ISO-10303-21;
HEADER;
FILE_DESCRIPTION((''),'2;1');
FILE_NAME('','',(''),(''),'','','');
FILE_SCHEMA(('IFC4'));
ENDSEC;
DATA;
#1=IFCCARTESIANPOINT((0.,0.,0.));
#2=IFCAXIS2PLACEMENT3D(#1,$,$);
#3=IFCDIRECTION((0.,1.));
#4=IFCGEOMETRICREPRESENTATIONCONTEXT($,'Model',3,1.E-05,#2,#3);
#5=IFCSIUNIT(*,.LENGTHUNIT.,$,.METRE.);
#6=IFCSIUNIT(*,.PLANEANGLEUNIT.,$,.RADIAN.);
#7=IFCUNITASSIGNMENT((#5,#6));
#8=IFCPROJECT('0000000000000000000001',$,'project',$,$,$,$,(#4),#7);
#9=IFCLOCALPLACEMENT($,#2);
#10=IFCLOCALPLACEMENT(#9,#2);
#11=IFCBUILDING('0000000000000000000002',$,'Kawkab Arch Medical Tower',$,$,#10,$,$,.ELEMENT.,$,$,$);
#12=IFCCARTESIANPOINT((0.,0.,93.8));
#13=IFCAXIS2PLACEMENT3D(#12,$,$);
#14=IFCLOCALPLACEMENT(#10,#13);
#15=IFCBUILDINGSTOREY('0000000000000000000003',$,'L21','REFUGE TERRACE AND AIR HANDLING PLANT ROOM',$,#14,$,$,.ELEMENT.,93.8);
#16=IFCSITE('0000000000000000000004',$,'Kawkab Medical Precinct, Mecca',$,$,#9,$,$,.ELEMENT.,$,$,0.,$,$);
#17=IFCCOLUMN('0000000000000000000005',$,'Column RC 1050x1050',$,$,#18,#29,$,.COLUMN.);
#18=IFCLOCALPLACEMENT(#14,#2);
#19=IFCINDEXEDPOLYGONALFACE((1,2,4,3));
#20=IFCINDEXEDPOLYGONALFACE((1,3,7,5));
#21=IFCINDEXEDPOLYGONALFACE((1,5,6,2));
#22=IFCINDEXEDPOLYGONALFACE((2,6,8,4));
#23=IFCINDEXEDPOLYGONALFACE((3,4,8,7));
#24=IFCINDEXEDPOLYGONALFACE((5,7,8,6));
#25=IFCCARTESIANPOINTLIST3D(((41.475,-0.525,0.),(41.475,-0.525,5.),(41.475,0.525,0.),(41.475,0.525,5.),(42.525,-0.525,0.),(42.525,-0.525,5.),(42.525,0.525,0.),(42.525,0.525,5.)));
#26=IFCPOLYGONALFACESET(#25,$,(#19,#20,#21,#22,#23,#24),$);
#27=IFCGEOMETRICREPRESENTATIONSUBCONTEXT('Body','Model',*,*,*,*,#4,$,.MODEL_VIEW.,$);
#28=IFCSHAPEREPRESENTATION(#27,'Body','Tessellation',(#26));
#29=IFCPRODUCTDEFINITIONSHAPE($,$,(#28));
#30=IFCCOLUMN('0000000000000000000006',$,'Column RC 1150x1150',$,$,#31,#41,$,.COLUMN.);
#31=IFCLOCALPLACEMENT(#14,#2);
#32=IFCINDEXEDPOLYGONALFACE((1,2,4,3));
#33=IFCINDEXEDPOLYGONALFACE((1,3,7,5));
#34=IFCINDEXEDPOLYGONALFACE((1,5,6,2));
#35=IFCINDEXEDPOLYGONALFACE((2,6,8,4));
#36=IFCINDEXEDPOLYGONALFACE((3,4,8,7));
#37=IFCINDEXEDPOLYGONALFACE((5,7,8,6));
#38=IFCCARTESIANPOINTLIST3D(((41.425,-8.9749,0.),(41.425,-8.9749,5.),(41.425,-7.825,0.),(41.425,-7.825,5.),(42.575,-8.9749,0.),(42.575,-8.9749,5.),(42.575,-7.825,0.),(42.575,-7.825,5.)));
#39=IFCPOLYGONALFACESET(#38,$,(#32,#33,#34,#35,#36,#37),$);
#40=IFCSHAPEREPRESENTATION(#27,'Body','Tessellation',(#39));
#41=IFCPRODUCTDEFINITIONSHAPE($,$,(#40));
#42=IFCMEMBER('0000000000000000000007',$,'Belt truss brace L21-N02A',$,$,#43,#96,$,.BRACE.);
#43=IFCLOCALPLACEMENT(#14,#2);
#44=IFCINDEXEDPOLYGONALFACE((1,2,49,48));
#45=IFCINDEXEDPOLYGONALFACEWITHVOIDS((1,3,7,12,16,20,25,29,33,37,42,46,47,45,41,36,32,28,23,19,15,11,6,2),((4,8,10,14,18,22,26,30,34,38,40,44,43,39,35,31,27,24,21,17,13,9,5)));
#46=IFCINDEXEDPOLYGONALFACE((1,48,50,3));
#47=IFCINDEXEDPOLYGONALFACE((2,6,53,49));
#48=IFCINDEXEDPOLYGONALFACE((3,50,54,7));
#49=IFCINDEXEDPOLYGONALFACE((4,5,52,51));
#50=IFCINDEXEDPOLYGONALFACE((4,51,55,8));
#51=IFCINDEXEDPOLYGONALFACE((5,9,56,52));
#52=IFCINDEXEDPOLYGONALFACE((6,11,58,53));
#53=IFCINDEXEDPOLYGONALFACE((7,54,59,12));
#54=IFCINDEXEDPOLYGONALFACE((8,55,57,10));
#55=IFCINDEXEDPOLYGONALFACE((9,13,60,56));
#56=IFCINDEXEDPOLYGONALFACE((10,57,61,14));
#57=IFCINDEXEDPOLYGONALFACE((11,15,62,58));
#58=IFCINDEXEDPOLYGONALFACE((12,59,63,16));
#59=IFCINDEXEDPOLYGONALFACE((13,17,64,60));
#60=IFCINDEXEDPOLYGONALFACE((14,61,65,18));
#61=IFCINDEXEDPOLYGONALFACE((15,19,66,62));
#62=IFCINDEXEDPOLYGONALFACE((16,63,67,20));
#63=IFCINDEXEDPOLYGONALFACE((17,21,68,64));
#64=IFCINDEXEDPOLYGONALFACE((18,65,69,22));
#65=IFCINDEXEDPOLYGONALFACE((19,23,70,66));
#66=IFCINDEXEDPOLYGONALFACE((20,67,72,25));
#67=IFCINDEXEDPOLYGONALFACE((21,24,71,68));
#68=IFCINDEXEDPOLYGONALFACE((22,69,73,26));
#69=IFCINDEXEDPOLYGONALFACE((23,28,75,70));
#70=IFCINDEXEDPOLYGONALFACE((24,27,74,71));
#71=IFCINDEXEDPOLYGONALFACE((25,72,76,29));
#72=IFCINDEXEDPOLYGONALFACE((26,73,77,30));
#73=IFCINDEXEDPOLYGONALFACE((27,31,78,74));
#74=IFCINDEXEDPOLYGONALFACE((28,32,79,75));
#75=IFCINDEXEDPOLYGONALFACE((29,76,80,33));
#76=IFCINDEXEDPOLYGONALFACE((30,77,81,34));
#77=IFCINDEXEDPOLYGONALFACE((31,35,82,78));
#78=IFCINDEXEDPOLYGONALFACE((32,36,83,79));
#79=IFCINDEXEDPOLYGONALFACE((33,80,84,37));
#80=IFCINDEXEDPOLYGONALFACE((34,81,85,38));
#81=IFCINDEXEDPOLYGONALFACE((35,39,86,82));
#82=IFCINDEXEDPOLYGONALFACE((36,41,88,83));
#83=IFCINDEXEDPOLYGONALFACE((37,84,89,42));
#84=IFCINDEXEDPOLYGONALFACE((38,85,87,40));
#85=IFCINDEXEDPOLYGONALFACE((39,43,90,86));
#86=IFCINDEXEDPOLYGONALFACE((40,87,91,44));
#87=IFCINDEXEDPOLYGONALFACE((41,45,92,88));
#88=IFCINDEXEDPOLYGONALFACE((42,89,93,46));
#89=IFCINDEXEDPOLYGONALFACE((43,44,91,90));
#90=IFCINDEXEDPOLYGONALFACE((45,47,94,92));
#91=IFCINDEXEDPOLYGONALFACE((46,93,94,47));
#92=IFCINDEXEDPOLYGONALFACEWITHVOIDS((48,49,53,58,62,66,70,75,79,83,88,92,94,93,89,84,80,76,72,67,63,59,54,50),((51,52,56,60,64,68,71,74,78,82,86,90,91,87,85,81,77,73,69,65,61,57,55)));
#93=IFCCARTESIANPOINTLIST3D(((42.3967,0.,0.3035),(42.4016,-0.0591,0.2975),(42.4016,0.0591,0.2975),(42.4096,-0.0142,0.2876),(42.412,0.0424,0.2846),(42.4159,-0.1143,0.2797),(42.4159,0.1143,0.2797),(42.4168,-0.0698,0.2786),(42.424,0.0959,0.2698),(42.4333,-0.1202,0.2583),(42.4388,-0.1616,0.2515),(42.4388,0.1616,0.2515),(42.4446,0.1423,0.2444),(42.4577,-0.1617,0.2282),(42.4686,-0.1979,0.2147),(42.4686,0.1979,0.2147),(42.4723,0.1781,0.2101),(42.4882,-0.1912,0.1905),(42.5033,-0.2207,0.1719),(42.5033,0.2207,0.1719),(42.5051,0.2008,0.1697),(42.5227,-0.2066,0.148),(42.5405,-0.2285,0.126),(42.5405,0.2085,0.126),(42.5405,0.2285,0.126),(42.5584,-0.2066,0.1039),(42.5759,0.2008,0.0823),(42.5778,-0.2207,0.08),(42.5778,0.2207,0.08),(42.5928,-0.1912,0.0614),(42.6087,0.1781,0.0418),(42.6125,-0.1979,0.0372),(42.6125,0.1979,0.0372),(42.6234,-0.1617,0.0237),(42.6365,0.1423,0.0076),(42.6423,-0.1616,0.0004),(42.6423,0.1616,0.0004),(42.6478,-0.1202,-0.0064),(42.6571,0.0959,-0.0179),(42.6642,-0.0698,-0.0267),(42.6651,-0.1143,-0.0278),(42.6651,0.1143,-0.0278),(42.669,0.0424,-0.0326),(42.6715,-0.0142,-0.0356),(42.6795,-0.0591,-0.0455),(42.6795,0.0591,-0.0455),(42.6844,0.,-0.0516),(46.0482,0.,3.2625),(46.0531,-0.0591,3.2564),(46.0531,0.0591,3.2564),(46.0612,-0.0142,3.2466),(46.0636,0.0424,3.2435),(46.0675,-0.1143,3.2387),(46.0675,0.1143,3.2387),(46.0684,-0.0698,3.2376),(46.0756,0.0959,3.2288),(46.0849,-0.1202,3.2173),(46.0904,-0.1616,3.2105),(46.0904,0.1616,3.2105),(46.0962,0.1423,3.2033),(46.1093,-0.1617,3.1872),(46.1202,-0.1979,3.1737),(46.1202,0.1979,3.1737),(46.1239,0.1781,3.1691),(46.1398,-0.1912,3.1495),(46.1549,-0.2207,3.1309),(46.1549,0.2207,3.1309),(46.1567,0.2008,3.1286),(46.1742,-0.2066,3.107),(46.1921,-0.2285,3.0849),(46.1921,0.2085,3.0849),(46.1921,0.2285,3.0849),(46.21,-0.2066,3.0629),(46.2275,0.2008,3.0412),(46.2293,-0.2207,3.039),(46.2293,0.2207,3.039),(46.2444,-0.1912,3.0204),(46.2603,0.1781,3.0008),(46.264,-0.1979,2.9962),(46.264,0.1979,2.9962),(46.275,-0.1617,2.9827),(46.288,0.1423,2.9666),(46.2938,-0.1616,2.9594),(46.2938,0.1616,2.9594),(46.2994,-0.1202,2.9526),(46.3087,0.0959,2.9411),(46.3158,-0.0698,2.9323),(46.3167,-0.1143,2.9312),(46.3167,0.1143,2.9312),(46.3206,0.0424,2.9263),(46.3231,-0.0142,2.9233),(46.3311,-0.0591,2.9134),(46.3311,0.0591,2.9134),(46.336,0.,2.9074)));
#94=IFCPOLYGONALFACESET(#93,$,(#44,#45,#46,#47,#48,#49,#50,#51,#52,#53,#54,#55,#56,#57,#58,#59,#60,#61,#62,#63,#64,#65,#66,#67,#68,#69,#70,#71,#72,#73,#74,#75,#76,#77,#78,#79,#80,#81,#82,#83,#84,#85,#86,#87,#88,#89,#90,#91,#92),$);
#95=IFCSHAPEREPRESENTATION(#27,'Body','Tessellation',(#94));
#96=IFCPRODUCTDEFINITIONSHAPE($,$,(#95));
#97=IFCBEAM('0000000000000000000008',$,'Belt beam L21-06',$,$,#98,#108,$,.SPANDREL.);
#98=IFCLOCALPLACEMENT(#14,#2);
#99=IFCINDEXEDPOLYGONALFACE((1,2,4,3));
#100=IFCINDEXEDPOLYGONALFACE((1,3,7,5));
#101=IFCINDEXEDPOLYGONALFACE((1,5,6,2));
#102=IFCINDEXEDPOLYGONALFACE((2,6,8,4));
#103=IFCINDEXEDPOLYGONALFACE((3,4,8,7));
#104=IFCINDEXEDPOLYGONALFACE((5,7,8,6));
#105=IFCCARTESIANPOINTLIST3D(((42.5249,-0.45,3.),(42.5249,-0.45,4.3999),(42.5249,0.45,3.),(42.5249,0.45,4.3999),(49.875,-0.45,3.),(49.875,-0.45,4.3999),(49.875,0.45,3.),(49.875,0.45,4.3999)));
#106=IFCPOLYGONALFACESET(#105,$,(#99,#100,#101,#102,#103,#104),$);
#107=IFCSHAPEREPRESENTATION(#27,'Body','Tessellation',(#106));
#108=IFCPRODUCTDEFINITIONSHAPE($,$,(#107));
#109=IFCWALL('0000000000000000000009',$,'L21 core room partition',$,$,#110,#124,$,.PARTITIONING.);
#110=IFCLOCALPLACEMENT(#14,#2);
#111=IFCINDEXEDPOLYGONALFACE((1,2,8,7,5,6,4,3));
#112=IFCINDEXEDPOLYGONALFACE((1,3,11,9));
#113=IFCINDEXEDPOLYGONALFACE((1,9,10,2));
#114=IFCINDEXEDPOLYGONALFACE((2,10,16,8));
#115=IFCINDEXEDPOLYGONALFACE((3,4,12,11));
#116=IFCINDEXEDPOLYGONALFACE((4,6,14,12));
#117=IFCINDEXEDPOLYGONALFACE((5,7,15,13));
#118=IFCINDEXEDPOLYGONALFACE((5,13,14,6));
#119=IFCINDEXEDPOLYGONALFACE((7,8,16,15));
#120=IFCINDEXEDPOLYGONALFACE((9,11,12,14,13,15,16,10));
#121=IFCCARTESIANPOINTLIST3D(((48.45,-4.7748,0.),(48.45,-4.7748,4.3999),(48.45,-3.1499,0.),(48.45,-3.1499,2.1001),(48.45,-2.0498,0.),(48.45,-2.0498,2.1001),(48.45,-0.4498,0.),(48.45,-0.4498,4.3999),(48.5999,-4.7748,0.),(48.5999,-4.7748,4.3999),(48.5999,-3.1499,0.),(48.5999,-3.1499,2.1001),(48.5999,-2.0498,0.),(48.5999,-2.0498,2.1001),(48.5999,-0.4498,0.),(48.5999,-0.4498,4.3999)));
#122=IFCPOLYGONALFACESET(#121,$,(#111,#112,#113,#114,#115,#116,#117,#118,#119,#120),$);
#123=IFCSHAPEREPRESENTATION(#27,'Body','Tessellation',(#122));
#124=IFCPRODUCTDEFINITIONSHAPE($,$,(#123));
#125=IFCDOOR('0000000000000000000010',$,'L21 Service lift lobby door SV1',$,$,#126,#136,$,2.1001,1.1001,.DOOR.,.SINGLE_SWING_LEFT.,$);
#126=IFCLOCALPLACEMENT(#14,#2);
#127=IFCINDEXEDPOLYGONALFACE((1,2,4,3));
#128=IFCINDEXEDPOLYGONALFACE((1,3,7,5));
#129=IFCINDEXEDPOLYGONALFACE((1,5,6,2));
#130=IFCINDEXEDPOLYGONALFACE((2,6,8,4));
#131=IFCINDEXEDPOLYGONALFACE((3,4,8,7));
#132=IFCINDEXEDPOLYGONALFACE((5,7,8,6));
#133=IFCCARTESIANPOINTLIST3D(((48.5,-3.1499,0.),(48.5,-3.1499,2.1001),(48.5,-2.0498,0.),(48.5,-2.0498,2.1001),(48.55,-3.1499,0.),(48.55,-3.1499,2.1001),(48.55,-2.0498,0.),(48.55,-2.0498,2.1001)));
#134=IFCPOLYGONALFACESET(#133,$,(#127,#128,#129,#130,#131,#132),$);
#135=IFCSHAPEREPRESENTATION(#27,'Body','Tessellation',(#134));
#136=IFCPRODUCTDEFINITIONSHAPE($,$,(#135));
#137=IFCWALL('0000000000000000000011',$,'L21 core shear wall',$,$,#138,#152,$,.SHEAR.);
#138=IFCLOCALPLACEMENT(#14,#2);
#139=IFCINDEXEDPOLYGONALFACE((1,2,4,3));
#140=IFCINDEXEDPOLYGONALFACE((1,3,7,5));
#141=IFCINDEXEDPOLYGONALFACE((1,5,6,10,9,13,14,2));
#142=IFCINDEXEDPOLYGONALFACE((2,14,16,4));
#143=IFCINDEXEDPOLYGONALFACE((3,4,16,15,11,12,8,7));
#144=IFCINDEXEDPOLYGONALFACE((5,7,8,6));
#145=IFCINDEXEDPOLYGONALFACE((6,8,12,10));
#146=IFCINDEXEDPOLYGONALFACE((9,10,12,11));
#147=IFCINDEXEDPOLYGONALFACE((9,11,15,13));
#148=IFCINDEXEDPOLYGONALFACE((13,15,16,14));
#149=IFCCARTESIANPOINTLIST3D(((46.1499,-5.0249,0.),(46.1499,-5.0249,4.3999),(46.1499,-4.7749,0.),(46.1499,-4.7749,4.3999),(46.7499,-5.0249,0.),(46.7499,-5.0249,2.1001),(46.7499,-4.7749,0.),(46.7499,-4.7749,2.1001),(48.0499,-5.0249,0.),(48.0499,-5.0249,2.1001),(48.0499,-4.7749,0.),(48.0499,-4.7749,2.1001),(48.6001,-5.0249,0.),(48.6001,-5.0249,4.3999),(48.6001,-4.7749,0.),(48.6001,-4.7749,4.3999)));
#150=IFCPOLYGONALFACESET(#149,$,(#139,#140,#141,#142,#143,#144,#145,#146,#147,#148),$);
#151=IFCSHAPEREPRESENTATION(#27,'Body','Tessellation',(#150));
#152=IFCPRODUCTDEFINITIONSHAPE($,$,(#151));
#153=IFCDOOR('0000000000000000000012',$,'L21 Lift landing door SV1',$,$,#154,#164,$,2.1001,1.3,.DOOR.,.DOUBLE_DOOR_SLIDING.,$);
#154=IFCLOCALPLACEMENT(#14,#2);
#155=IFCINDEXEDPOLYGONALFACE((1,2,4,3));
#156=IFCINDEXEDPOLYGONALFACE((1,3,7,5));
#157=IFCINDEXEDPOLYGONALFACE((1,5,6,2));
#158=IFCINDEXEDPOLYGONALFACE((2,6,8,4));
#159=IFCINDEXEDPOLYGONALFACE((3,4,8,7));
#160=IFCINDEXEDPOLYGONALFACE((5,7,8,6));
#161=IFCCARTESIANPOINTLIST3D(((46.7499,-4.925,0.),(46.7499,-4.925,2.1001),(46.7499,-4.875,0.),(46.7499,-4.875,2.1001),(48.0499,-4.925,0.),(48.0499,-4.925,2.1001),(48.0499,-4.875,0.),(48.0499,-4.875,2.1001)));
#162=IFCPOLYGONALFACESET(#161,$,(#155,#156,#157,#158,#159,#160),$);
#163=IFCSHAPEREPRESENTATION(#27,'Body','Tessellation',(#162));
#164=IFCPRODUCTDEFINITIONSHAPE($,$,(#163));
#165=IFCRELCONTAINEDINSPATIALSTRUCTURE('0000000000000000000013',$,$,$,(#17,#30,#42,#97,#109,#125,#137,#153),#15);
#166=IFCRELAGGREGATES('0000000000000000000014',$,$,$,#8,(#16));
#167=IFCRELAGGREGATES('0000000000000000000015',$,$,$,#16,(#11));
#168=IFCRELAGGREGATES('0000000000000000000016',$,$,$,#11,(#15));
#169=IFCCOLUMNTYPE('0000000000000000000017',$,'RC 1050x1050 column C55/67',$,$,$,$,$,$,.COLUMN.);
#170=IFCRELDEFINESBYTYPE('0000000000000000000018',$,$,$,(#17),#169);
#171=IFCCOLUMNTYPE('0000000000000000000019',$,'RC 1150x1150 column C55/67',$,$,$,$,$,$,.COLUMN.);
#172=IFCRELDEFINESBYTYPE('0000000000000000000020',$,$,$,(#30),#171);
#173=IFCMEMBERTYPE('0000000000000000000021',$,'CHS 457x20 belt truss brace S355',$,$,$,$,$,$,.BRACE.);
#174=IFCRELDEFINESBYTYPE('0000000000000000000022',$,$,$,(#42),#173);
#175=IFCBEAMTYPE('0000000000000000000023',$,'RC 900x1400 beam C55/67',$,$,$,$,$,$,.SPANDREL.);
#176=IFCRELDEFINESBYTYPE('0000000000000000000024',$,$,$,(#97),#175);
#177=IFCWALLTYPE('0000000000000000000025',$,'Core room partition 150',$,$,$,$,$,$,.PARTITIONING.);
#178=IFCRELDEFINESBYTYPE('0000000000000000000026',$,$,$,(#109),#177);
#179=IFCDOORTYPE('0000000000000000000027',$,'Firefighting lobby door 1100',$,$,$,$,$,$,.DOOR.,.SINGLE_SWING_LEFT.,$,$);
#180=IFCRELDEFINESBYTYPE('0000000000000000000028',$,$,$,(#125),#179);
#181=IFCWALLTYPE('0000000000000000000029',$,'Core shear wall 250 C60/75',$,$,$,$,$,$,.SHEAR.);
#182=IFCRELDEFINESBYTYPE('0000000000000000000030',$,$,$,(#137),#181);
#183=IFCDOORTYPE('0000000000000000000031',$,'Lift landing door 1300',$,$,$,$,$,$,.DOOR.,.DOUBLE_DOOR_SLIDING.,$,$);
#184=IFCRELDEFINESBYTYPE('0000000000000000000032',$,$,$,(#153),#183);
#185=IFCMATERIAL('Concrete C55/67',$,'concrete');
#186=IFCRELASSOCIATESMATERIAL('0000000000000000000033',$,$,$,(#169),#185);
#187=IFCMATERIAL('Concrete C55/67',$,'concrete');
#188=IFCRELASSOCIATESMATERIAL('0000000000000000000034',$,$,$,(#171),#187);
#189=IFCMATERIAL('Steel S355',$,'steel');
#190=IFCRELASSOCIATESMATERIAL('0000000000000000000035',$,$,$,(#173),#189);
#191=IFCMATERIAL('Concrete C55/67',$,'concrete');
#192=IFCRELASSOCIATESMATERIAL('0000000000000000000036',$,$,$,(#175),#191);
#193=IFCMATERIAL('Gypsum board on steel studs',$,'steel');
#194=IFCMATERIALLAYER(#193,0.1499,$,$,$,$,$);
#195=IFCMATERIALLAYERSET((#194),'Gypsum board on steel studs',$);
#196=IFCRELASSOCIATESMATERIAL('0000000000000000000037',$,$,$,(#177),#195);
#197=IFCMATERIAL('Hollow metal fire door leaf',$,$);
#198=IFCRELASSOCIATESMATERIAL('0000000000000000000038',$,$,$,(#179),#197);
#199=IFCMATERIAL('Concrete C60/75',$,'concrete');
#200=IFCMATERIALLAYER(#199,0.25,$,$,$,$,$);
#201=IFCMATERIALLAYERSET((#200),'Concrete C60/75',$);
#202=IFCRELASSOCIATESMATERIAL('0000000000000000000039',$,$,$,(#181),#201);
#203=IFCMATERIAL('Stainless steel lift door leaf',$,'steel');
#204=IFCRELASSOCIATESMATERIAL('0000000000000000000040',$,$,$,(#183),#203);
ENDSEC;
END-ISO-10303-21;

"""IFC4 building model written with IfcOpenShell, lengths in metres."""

from ifc_helpers import new_model, si_unit, direction, frame, frame_2d, origin, origin_2d, place, context, subcontext, project, spatial, rectangle, hollow_circle, extrude, material, layer, layer_set, material_profile, profile_set, type_object, element, fill, save


model = new_model("IFC4")

# Units and contexts
model_context = context("Model", 3, precision=1e-05, world=origin(), true_north=direction((0.0, 1.0)))
body_context = subcontext(model_context, "Body", "Model", "MODEL_VIEW")
ifc_project = project(units=[si_unit("LENGTHUNIT", "METRE"), si_unit("PLANEANGLEUNIT", "RADIAN")], contexts=[model_context])

# Site, building, storey
site_placement = place(None, origin())
site = spatial("IfcSite", under=ifc_project, at=site_placement, Name="Kawkab Medical Precinct, Mecca", CompositionType="ELEMENT", RefElevation=0.0)
building_placement = place(site_placement, origin())
building = spatial("IfcBuilding", under=site, at=building_placement, Name="Kawkab Arch Medical Tower", CompositionType="ELEMENT")
storey_placement = place(building_placement, frame((0.0, 0.0, 93.8)))
storey = spatial("IfcBuildingStorey", under=building, at=storey_placement, Name="L21", Description="REFUGE TERRACE AND AIR HANDLING PLANT ROOM", CompositionType="ELEMENT", Elevation=93.8)

# Columns
ifc_material_1 = material(Name="Concrete C55/67", Category="concrete")
ifc_material_profile_1 = material_profile(ifc_material_1, rectangle(XDim=1.05, YDim=1.05, at=origin_2d()), Name="RC 1050x1050")
ifc_profile_set_1 = profile_set([ifc_material_profile_1], Name="Concrete C55/67")
column_type_1 = type_object("IfcColumnType", Name="RC 1050x1050 column C55/67", PredefinedType="COLUMN", material=ifc_profile_set_1)
column_1_placement = place(storey_placement, frame((42.0, 0.0, 0.0), z_axis=(0.0, 0.0, 1.0), x_axis=(1.0, 0.0, 0.0)))
element("IfcColumn", 1, at=column_1_placement, inside=storey, type_object=column_type_1, Name="Column RC 1050x1050", PredefinedType="COLUMN", context=body_context, shape_type="SweptSolid", body=[
    extrude(rectangle(XDim=1.05, YDim=1.05, at=origin_2d()), origin(), (0.0, 0.0, 1.0), 5.0),
])
ifc_material_2 = material(Name="Concrete C55/67", Category="concrete")
ifc_material_profile_2 = material_profile(ifc_material_2, rectangle(XDim=1.1499, YDim=1.1499, at=origin_2d()), Name="RC 1150x1150")
ifc_profile_set_2 = profile_set([ifc_material_profile_2], Name="Concrete C55/67")
column_type_2 = type_object("IfcColumnType", Name="RC 1150x1150 column C55/67", PredefinedType="COLUMN", material=ifc_profile_set_2)
column_2_placement = place(storey_placement, frame((42.0, -8.3999, 0.0), z_axis=(0.0, 0.0, 1.0), x_axis=(1.0, 0.0, 0.0)))
element("IfcColumn", 2, at=column_2_placement, inside=storey, type_object=column_type_2, Name="Column RC 1150x1150", PredefinedType="COLUMN", context=body_context, shape_type="SweptSolid", body=[
    extrude(rectangle(XDim=1.1499, YDim=1.1499, at=origin_2d()), origin(), (0.0, 0.0, 1.0), 5.0),
])

# Member
ifc_material_3 = material(Name="Steel S355", Category="steel")
ifc_material_profile_3 = material_profile(ifc_material_3, hollow_circle(Radius=0.2285, WallThickness=0.02, at=origin_2d()), Name="CHS 457x20")
ifc_profile_set_3 = profile_set([ifc_material_profile_3], Name="Steel S355")
member_type = type_object("IfcMemberType", Name="CHS 457x20 belt truss brace S355", PredefinedType="BRACE", material=ifc_profile_set_3)
member_placement = place(storey_placement, frame((42.5405, 0.0, 0.126), z_axis=(0.776941, 0.0, 0.629573), x_axis=(0.0, 1.0, 0.0)))
element("IfcMember", 3, at=member_placement, inside=storey, type_object=member_type, Name="Belt truss brace L21-N02A", PredefinedType="BRACE", context=body_context, shape_type="SweptSolid", body=[
    extrude(hollow_circle(Radius=0.2285, WallThickness=0.02, at=origin_2d()), origin(), (0.0, 0.0, 1.0), 4.7),
])

# Beam
ifc_material_4 = material(Name="Concrete C55/67", Category="concrete")
ifc_material_profile_4 = material_profile(ifc_material_4, rectangle(XDim=0.8999, YDim=1.3999, at=origin_2d()), Name="RC 900x1400")
ifc_profile_set_4 = profile_set([ifc_material_profile_4], Name="Concrete C55/67")
beam_type = type_object("IfcBeamType", Name="RC 900x1400 beam C55/67", PredefinedType="SPANDREL", material=ifc_profile_set_4)
beam_placement = place(storey_placement, frame((42.5249, 0.0, 3.7), z_axis=(1.0, 0.0, 0.0), x_axis=(0.0, 1.0, 0.0)))
element("IfcBeam", 4, at=beam_placement, inside=storey, type_object=beam_type, Name="Belt beam L21-06", PredefinedType="SPANDREL", context=body_context, shape_type="SweptSolid", body=[
    extrude(rectangle(XDim=0.8999, YDim=1.3999, at=origin_2d()), origin(), (0.0, 0.0, 1.0), 7.3501),
])

# Walls, openings, doors
ifc_material_5 = material(Name="Gypsum board on steel studs", Category="steel")
ifc_layer_1 = layer(ifc_material_5, 0.1499)
ifc_layer_set_1 = layer_set([ifc_layer_1], Name="Gypsum board on steel studs")
wall_type_1 = type_object("IfcWallType", Name="Core room partition 150", PredefinedType="PARTITIONING", material=ifc_layer_set_1)
wall_1_placement = place(storey_placement, frame((48.5249, -4.7749, 0.0), z_axis=(0.0, 0.0, 1.0), x_axis=(0.0, 1.0, 0.0)))
wall_1 = element("IfcWall", 5, at=wall_1_placement, inside=storey, type_object=wall_type_1, Name="L21 core room partition", PredefinedType="PARTITIONING", context=body_context, shape_type="SweptSolid", body=[
    extrude(rectangle(XDim=4.325, YDim=0.1499, at=frame_2d((2.1626, 0.0))), origin(), (0.0, 0.0, 1.0), 4.3999),
])
opening_1_placement = place(wall_1_placement, frame((1.625, 0.0, 0.0)))
opening_1 = element("IfcOpeningElement", 6, at=opening_1_placement, cuts=wall_1, PredefinedType="OPENING", context=body_context, shape_type="SweptSolid", body=[
    extrude(rectangle(XDim=1.1001, YDim=2.1001, at=frame_2d((0.55, 1.05))), frame((0.0, 0.085, 0.0), z_axis=(0.0, -1.0, 0.0), x_axis=(1.0, 0.0, 0.0)), (0.0, 0.0, 1.0), 0.1699),
])
ifc_material_6 = material(Name="Hollow metal fire door leaf")
door_type_1 = type_object("IfcDoorType", Name="Firefighting lobby door 1100", OperationType="SINGLE_SWING_LEFT", PredefinedType="DOOR", material=ifc_material_6)
door_1_placement = place(opening_1_placement, origin())
door_1 = element("IfcDoor", 7, at=door_1_placement, inside=storey, type_object=door_type_1, Name="L21 Service lift lobby door SV1", OperationType="SINGLE_SWING_LEFT", OverallHeight=2.1001, OverallWidth=1.1001, PredefinedType="DOOR", context=body_context, shape_type="SweptSolid", body=[
    extrude(rectangle(XDim=1.1001, YDim=2.1001, at=frame_2d((0.55, 1.05))), frame((0.0, 0.0249, 0.0), z_axis=(0.0, -1.0, 0.0), x_axis=(1.0, 0.0, 0.0)), (0.0, 0.0, 1.0), 0.05),
])
fill(opening_1, door_1)
ifc_material_7 = material(Name="Concrete C60/75", Category="concrete")
ifc_layer_2 = layer(ifc_material_7, 0.25)
ifc_layer_set_2 = layer_set([ifc_layer_2], Name="Concrete C60/75")
wall_type_2 = type_object("IfcWallType", Name="Core shear wall 250 C60/75", PredefinedType="SHEAR", material=ifc_layer_set_2)
wall_2_placement = place(storey_placement, frame((46.1499, -4.8999, 0.0), z_axis=(0.0, 0.0, 1.0), x_axis=(1.0, 0.0, 0.0)))
wall_2 = element("IfcWall", 8, at=wall_2_placement, inside=storey, type_object=wall_type_2, Name="L21 core shear wall", PredefinedType="SHEAR", context=body_context, shape_type="SweptSolid", body=[
    extrude(rectangle(XDim=2.4502, YDim=0.25, at=frame_2d((1.2251, 0.0))), origin(), (0.0, 0.0, 1.0), 4.3999),
])
opening_2_placement = place(wall_2_placement, frame((0.6001, 0.0, 0.0)))
opening_2 = element("IfcOpeningElement", 9, at=opening_2_placement, cuts=wall_2, PredefinedType="OPENING", context=body_context, shape_type="SweptSolid", body=[
    extrude(rectangle(XDim=1.3, YDim=2.1001, at=frame_2d((0.6499, 1.05))), frame((0.0, 0.135, 0.0), z_axis=(0.0, -1.0, 0.0), x_axis=(1.0, 0.0, 0.0)), (0.0, 0.0, 1.0), 0.27),
])
ifc_material_8 = material(Name="Stainless steel lift door leaf", Category="steel")
door_type_2 = type_object("IfcDoorType", Name="Lift landing door 1300", OperationType="DOUBLE_DOOR_SLIDING", PredefinedType="DOOR", material=ifc_material_8)
door_2_placement = place(opening_2_placement, origin())
door_2 = element("IfcDoor", 10, at=door_2_placement, inside=storey, type_object=door_type_2, Name="L21 Lift landing door SV1", OperationType="DOUBLE_DOOR_SLIDING", OverallHeight=2.1001, OverallWidth=1.3, PredefinedType="DOOR", context=body_context, shape_type="SweptSolid", body=[
    extrude(rectangle(XDim=1.3, YDim=2.1001, at=frame_2d((0.6499, 1.05))), frame((0.0, 0.0249, 0.0), z_axis=(0.0, -1.0, 0.0), x_axis=(1.0, 0.0, 0.0)), (0.0, 0.0, 1.0), 0.05),
])
fill(opening_2, door_2)

save(model, "model.ifc")
